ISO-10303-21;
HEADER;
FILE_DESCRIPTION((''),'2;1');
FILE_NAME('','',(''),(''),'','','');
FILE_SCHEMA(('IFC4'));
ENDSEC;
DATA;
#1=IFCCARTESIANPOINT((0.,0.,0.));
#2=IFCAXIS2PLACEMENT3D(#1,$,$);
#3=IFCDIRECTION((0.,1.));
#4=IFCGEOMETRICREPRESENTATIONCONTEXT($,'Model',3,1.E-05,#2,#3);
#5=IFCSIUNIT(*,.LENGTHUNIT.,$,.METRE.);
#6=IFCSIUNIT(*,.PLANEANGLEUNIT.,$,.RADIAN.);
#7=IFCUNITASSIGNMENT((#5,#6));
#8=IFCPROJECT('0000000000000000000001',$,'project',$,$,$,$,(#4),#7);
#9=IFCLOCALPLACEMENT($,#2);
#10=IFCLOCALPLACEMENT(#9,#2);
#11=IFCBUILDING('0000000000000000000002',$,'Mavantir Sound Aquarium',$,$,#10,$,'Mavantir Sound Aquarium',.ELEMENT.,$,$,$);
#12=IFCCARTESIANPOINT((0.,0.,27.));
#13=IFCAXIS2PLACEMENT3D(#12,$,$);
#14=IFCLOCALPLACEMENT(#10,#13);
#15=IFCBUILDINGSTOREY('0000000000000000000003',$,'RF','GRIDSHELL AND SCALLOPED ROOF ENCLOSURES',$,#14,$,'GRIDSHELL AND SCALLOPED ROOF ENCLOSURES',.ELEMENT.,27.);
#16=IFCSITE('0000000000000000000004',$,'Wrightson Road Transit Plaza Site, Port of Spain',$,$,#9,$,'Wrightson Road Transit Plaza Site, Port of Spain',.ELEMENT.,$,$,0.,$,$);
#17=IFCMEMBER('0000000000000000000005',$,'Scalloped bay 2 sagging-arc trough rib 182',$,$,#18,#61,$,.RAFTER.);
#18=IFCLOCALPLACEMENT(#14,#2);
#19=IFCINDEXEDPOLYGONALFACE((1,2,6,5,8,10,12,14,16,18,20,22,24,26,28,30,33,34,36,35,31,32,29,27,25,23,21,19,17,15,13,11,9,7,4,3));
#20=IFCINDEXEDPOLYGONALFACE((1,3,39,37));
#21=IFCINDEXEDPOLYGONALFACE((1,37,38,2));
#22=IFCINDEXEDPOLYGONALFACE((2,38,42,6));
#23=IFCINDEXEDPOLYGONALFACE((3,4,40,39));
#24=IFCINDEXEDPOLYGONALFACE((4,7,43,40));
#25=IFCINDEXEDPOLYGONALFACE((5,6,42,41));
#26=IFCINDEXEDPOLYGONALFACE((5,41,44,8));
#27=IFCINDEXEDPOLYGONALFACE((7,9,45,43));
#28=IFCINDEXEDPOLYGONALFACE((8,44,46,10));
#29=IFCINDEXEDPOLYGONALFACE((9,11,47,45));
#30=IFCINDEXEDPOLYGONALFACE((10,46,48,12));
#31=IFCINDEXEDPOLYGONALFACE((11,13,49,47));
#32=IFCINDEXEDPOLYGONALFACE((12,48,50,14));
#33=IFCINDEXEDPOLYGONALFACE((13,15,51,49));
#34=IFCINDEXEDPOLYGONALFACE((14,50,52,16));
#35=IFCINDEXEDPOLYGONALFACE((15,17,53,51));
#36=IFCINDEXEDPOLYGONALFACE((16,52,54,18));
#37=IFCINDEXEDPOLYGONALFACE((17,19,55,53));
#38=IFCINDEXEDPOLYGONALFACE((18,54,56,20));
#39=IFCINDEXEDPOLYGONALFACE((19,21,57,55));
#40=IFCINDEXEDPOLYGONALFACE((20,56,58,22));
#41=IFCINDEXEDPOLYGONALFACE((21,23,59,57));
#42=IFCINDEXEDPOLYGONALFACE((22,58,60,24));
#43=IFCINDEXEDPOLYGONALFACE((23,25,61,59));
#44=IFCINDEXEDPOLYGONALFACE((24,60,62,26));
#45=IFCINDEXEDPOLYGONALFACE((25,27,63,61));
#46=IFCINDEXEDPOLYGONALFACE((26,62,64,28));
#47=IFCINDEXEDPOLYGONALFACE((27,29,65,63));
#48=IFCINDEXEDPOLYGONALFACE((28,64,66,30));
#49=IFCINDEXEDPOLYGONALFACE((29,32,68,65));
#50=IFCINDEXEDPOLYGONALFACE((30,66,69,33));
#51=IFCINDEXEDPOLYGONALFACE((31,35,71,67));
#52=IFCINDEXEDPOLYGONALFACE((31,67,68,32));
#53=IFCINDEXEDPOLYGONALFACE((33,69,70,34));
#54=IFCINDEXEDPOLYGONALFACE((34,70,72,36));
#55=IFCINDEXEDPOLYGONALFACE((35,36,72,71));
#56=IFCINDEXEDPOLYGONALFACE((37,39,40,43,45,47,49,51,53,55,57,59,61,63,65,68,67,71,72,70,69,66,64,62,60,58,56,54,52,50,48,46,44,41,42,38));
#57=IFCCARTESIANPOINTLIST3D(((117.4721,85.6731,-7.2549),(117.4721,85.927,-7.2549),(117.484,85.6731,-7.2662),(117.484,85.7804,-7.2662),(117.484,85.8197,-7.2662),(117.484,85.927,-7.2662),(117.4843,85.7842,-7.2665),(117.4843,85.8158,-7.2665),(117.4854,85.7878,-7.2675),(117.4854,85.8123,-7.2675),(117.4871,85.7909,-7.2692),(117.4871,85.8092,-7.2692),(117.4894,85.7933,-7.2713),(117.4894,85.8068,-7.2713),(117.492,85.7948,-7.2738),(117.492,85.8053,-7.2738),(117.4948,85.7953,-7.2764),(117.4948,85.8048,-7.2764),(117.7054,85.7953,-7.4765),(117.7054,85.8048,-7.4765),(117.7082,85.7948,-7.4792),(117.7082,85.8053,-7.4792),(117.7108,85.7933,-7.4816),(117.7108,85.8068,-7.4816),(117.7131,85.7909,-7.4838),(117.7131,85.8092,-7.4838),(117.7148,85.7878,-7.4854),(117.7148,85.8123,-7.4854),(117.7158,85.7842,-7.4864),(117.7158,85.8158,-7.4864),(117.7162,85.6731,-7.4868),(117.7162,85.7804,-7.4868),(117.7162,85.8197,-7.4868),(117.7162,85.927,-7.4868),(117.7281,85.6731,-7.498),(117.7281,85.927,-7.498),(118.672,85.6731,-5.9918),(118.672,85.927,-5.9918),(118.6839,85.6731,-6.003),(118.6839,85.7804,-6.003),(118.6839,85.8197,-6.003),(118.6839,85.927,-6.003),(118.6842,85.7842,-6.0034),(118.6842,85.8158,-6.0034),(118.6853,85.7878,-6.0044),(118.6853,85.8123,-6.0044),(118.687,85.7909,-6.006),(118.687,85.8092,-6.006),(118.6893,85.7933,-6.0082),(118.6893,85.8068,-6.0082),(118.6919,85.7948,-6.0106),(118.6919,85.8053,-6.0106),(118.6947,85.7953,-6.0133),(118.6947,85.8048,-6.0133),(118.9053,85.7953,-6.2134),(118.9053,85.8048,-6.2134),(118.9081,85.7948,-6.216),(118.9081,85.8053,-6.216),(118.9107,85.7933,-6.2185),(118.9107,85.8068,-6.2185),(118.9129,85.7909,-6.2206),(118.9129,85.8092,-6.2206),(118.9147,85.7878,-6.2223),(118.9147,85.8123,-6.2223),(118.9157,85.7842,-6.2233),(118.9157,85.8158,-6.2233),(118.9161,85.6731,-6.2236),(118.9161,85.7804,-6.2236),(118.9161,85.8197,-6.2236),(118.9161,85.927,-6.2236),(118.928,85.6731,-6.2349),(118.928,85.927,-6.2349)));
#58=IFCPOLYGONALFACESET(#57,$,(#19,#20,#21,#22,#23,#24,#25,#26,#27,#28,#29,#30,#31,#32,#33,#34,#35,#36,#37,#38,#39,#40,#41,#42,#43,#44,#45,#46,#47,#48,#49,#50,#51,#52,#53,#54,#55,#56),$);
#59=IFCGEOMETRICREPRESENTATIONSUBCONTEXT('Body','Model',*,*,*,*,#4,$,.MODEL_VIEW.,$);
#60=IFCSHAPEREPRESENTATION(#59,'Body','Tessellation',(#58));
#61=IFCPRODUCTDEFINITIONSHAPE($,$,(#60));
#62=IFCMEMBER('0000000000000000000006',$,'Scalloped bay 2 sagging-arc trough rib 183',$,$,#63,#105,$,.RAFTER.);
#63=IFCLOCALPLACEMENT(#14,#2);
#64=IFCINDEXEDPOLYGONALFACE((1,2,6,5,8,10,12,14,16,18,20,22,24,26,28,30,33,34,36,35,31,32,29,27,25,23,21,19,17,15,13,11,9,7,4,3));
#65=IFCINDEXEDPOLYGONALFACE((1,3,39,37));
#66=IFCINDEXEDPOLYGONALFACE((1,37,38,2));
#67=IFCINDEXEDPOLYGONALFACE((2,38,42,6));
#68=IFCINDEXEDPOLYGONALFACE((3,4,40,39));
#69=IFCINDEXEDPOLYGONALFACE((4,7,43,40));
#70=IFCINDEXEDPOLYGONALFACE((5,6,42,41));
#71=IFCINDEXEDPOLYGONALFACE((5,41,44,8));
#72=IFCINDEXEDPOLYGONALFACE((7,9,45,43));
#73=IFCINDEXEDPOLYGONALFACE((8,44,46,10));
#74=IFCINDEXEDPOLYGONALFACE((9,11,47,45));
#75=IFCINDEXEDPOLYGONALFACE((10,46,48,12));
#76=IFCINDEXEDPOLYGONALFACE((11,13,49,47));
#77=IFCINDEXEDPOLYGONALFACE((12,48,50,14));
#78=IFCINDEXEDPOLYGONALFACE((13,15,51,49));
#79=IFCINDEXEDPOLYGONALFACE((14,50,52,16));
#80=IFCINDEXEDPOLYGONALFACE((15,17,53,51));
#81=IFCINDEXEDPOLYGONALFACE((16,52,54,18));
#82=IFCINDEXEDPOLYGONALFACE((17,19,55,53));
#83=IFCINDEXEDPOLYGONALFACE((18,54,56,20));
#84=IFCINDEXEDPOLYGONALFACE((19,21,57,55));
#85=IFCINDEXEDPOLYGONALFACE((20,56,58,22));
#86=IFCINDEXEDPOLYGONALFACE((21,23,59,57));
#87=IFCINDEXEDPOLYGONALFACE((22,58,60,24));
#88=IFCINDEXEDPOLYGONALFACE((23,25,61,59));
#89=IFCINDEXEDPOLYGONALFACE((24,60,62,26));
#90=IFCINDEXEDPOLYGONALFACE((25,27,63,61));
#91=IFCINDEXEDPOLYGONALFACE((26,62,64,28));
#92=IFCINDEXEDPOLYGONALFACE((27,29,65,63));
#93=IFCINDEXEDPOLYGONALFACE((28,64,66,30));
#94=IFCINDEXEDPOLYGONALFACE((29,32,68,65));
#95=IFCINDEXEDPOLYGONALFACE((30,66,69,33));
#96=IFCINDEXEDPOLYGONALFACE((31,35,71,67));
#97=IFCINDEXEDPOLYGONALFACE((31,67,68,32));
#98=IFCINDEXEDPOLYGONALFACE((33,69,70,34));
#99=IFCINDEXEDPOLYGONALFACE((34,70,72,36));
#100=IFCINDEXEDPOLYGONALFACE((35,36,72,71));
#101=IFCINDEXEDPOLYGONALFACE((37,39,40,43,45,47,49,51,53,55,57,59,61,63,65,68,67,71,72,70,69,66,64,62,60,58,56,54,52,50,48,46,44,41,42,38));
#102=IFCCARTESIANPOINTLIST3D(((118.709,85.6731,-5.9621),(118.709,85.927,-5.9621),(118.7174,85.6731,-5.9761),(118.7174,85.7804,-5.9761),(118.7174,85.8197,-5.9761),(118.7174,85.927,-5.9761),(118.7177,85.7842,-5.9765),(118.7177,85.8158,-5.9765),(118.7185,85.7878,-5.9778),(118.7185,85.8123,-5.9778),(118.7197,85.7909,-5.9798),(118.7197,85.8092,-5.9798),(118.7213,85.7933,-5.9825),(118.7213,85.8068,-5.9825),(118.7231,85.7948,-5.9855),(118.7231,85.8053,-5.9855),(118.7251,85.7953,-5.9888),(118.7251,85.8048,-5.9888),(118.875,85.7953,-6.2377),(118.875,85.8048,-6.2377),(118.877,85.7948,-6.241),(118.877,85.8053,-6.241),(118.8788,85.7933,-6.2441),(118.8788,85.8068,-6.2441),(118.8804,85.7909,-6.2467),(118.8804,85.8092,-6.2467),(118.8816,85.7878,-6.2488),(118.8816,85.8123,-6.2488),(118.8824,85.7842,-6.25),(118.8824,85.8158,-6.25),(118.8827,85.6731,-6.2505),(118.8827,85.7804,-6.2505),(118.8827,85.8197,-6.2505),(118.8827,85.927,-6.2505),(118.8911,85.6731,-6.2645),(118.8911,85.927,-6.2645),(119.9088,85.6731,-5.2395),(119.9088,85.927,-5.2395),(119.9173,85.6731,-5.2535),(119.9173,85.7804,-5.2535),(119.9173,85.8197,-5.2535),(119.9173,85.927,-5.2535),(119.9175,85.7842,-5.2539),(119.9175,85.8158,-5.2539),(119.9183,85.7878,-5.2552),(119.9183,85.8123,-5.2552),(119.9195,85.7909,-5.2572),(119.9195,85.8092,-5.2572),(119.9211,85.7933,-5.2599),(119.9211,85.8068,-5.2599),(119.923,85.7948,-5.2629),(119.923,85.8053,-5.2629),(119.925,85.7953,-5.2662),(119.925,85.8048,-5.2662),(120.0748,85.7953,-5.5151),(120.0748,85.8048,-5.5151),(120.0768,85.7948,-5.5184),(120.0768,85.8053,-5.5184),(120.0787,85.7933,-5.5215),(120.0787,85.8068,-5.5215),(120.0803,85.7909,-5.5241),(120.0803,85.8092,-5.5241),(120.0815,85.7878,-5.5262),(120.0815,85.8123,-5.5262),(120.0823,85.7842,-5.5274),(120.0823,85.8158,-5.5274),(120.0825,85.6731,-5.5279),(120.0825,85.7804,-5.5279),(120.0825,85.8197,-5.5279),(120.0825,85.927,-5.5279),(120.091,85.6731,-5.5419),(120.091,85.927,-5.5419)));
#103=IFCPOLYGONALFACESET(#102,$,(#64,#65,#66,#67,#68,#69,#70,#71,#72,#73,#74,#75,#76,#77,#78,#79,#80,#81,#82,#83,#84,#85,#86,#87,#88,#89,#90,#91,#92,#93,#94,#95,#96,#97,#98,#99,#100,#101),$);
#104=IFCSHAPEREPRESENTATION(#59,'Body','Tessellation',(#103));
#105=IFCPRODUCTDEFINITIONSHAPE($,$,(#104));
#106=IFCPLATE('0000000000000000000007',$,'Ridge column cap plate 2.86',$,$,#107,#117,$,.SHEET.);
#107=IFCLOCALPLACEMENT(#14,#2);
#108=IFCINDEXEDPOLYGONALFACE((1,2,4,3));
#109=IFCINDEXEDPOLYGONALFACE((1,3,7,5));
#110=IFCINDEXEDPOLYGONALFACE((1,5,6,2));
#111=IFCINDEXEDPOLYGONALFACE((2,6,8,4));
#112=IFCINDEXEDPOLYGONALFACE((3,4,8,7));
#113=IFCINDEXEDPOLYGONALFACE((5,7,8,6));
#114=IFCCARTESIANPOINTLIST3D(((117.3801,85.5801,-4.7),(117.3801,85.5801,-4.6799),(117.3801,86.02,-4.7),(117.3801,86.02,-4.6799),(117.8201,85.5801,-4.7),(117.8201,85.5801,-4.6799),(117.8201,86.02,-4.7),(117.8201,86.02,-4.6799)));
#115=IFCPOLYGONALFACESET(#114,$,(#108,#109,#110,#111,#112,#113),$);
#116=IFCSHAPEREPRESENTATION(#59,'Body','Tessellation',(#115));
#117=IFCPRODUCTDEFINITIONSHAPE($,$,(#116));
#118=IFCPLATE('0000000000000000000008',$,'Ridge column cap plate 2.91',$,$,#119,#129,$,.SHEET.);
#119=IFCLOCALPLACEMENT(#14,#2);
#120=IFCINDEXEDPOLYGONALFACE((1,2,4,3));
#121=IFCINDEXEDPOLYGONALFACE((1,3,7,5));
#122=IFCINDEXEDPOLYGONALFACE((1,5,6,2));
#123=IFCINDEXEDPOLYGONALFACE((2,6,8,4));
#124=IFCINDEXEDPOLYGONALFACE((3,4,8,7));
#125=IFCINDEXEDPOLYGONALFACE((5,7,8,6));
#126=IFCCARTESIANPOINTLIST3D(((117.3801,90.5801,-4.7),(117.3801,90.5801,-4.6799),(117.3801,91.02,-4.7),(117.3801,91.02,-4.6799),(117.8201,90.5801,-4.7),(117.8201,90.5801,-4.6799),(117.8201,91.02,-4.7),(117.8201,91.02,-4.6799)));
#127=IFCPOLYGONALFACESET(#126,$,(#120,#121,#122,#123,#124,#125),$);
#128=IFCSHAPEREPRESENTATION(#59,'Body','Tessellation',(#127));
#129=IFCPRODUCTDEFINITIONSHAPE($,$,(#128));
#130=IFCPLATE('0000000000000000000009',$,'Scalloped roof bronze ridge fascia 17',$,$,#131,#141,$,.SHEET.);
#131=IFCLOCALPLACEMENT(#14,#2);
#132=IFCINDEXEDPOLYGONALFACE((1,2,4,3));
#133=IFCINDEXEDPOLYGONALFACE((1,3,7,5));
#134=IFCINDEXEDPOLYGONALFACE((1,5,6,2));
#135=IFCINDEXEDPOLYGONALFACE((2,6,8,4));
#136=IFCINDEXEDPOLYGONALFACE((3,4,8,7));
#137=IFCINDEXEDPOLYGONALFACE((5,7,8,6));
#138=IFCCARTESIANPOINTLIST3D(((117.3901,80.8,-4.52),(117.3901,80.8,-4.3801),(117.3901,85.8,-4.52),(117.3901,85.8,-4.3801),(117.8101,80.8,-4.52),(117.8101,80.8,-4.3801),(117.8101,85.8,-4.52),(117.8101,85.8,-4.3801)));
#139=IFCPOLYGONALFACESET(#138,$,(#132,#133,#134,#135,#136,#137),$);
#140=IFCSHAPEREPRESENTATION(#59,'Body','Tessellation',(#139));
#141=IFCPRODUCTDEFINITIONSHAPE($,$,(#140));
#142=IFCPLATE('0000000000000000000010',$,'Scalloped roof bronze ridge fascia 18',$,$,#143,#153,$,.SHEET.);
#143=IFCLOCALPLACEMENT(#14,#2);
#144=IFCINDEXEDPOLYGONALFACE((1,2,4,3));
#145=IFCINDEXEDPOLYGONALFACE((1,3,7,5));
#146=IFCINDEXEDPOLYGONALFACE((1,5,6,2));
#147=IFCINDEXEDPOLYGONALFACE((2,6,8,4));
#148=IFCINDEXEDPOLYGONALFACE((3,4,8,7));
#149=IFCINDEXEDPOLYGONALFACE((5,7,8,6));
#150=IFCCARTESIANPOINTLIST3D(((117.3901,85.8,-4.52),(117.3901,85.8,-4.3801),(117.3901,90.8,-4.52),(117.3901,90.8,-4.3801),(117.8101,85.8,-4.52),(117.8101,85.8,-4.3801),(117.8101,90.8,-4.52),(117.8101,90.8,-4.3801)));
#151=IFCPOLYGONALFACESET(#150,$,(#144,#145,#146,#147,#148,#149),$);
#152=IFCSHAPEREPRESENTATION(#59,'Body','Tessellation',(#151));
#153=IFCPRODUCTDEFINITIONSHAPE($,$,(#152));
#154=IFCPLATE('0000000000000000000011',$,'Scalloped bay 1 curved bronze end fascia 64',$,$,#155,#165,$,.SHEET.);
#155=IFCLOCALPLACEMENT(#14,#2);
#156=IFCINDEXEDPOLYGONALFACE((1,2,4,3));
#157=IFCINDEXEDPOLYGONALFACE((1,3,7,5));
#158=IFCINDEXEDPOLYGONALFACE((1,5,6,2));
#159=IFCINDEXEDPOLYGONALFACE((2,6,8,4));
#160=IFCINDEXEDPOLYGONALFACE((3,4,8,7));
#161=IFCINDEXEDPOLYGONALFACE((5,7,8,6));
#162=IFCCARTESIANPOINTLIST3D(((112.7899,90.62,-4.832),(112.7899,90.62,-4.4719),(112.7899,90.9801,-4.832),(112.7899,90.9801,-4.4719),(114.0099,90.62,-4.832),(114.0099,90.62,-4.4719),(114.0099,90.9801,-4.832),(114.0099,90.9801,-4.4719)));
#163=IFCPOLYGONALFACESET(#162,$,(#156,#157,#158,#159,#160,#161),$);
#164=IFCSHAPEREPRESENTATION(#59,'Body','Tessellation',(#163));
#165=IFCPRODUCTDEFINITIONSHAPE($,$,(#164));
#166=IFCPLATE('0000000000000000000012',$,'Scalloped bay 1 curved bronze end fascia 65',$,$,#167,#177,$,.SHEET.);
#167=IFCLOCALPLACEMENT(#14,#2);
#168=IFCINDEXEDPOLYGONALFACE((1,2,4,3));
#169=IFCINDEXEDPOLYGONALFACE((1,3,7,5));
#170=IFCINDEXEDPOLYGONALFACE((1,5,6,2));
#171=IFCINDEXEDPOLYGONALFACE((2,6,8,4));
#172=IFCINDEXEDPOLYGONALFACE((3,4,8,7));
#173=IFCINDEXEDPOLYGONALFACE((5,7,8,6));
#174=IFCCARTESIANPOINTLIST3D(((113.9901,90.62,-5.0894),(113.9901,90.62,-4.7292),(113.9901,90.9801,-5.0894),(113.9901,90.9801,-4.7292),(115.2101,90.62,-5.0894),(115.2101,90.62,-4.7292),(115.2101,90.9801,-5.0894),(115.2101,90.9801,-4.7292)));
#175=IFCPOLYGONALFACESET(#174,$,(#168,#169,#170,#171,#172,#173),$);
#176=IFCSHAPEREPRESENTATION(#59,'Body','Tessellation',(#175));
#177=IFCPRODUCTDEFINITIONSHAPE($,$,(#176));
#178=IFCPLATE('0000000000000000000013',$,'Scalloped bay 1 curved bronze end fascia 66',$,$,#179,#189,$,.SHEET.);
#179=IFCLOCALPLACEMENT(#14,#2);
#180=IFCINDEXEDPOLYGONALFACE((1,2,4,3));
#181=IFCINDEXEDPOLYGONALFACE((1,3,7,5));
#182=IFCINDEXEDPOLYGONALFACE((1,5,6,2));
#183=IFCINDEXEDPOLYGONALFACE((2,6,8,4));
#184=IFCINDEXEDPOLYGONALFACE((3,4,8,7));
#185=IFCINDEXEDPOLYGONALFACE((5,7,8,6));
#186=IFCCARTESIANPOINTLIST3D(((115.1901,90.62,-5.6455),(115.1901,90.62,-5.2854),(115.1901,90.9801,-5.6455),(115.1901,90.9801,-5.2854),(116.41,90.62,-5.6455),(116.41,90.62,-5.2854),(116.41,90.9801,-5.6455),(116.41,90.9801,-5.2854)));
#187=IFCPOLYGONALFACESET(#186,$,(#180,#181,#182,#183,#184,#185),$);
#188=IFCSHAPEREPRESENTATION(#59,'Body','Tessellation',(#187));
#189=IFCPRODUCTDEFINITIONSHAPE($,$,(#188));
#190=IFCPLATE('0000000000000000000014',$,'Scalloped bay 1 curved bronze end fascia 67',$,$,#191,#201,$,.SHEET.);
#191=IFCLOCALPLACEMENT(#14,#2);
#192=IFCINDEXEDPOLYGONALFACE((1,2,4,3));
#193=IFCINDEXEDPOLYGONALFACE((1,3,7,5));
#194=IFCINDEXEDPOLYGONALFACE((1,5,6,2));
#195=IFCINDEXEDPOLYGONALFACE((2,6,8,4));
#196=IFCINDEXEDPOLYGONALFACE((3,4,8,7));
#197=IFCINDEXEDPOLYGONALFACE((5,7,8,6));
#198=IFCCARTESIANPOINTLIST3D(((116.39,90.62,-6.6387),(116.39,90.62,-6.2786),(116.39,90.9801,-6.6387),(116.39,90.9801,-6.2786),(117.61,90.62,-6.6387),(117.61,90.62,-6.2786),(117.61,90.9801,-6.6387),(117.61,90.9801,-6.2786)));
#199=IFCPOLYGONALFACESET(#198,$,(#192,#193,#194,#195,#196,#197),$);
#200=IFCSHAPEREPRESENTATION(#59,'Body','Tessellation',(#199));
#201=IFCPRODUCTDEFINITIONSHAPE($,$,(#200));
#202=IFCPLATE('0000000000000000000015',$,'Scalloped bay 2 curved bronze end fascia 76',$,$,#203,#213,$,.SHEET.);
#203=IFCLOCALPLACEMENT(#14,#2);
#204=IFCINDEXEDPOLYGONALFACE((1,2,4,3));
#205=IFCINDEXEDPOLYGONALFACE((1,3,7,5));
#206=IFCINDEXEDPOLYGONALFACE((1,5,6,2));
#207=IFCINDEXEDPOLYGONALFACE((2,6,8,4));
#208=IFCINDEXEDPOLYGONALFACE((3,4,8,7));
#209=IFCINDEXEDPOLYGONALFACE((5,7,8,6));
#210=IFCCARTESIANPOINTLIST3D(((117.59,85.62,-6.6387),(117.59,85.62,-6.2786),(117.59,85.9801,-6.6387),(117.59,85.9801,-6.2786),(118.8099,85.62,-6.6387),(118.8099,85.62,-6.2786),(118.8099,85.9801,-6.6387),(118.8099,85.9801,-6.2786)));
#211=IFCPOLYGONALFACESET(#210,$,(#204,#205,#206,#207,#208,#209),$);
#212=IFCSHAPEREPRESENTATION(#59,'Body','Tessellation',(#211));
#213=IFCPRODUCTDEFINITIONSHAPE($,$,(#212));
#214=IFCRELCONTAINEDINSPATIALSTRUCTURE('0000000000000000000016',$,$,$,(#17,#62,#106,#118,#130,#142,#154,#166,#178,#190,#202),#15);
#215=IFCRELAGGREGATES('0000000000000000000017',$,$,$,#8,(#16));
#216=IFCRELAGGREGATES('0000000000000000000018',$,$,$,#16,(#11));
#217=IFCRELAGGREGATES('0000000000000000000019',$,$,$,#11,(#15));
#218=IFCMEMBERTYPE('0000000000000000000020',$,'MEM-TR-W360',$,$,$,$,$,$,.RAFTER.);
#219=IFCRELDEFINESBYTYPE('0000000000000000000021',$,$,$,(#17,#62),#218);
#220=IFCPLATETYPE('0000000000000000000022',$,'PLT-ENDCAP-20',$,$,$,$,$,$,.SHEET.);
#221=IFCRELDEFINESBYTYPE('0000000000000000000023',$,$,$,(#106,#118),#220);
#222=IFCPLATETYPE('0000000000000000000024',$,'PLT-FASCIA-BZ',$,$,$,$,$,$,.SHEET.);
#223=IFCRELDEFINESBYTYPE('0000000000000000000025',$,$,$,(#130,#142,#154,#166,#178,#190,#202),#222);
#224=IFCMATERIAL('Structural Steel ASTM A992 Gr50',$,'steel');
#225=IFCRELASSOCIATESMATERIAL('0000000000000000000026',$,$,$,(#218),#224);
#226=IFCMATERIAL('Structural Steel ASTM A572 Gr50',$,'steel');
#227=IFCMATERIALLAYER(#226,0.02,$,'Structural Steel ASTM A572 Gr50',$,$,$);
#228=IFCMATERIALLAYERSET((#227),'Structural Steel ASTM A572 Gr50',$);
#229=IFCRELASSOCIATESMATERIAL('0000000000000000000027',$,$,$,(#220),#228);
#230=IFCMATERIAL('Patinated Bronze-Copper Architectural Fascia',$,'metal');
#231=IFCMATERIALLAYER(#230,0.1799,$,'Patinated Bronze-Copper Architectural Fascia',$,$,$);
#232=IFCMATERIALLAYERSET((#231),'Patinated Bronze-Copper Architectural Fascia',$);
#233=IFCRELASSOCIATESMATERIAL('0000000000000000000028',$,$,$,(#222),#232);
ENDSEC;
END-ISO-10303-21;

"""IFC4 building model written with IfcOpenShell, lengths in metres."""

from ifc_helpers import new_model, si_unit, direction, frame, origin, origin_2d, place, context, subcontext, project, spatial, rectangle, i_section, extrude, material, layer, layer_set, material_profile, profile_set, type_object, element, save


model = new_model("IFC4")

# Units and contexts
model_context = context("Model", 3, precision=1e-05, world=origin(), true_north=direction((0.0, 1.0)))
body_context = subcontext(model_context, "Body", "Model", "MODEL_VIEW")
ifc_project = project(units=[si_unit("LENGTHUNIT", "METRE"), si_unit("PLANEANGLEUNIT", "RADIAN")], contexts=[model_context])

# Site, building, storey
site_placement = place(None, origin())
site = spatial("IfcSite", under=ifc_project, at=site_placement, Name="Wrightson Road Transit Plaza Site, Port of Spain", LongName="Wrightson Road Transit Plaza Site, Port of Spain", CompositionType="ELEMENT", RefElevation=0.0)
building_placement = place(site_placement, origin())
building = spatial("IfcBuilding", under=site, at=building_placement, Name="Mavantir Sound Aquarium", LongName="Mavantir Sound Aquarium", CompositionType="ELEMENT")
storey_placement = place(building_placement, frame((0.0, 0.0, 27.0)))
storey = spatial("IfcBuildingStorey", under=building, at=storey_placement, Name="RF", Description="GRIDSHELL AND SCALLOPED ROOF ENCLOSURES", LongName="GRIDSHELL AND SCALLOPED ROOF ENCLOSURES", CompositionType="ELEMENT", Elevation=27.0)

# Shared definitions
ifc_material_1 = material(Name="Structural Steel ASTM A992 Gr50", Category="steel")

# Members
ifc_material_profile_1 = material_profile(ifc_material_1, i_section(OverallWidth=0.2539, OverallDepth=0.353, WebThickness=0.0095, FlangeThickness=0.0164, FilletRadius=0.0149, at=origin_2d()), Name="W360X91")
ifc_profile_set_1 = profile_set([ifc_material_profile_1], Name="Structural Steel ASTM A992 Gr50")
member_type_1 = type_object("IfcMemberType", Name="MEM-TR-W360", PredefinedType="RAFTER", material=ifc_profile_set_1)
member_1_placement = place(storey_placement, frame((117.6001, 85.8, -7.3765), z_axis=(0.688727, 0.0, 0.72502), x_axis=(0.0, 1.0, 0.0)))
element("IfcMember", 1, at=member_1_placement, inside=storey, type_object=member_type_1, Name="Scalloped bay 2 sagging-arc trough rib 182", PredefinedType="RAFTER", context=body_context, shape_type="SweptSolid", body=[
    extrude(i_section(OverallWidth=0.2539, OverallDepth=0.353, WebThickness=0.0095, FlangeThickness=0.0164, FilletRadius=0.0149, at=origin_2d()), origin(), (0.0, 0.0, 1.0), 1.7422),
])
member_2_placement = place(storey_placement, frame((118.8, 85.8, -6.1133), z_axis=(0.856646, 0.0, 0.515905), x_axis=(0.0, 1.0, 0.0)))
element("IfcMember", 2, at=member_2_placement, inside=storey, type_object=member_type_1, Name="Scalloped bay 2 sagging-arc trough rib 183", PredefinedType="RAFTER", context=body_context, shape_type="SweptSolid", body=[
    extrude(i_section(OverallWidth=0.2539, OverallDepth=0.353, WebThickness=0.0095, FlangeThickness=0.0164, FilletRadius=0.0149, at=origin_2d()), origin(), (0.0, 0.0, 1.0), 1.4006),
])

# Plates
ifc_material_2 = material(Name="Structural Steel ASTM A572 Gr50", Category="steel")
ifc_layer_1 = layer(ifc_material_2, 0.02, Name="Structural Steel ASTM A572 Gr50")
ifc_layer_set_1 = layer_set([ifc_layer_1], Name="Structural Steel ASTM A572 Gr50")
plate_type_1 = type_object("IfcPlateType", Name="PLT-ENDCAP-20", PredefinedType="SHEET", material=ifc_layer_set_1)
for number, where, z_axis, x_axis, name in (
    (3, (117.6001, 85.8, -4.7), (0.0, 0.0, 1.0), (1.0, 0.0, 0.0), "Ridge column cap plate 2.86"),
    (4, (117.6001, 90.8, -4.7), (0.0, 0.0, 1.0), (1.0, 0.0, 0.0), "Ridge column cap plate 2.91"),
):
    element("IfcPlate", number, at=place(storey_placement, frame(where, z_axis=z_axis, x_axis=x_axis)), inside=storey, type_object=plate_type_1, Name=name, PredefinedType="SHEET", context=body_context, shape_type="SweptSolid", body=[
        extrude(rectangle(XDim=0.4399, YDim=0.4399, at=origin_2d()), origin(), (0.0, 0.0, 1.0), 0.02),
    ])
ifc_material_3 = material(Name="Patinated Bronze-Copper Architectural Fascia", Category="metal")
ifc_layer_2 = layer(ifc_material_3, 0.1799, Name="Patinated Bronze-Copper Architectural Fascia")
ifc_layer_set_2 = layer_set([ifc_layer_2], Name="Patinated Bronze-Copper Architectural Fascia")
plate_type_2 = type_object("IfcPlateType", Name="PLT-FASCIA-BZ", PredefinedType="SHEET", material=ifc_layer_set_2)
for number, where, z_axis, x_axis, name in (
    (5, (117.6001, 83.3, -4.52), (0.0, 0.0, 1.0), (1.0, 0.0, 0.0), "Scalloped roof bronze ridge fascia 17"),
    (6, (117.6001, 88.3, -4.52), (0.0, 0.0, 1.0), (1.0, 0.0, 0.0), "Scalloped roof bronze ridge fascia 18"),
):
    element("IfcPlate", number, at=place(storey_placement, frame(where, z_axis=z_axis, x_axis=x_axis)), inside=storey, type_object=plate_type_2, Name=name, PredefinedType="SHEET", context=body_context, shape_type="SweptSolid", body=[
        extrude(rectangle(XDim=0.4199, YDim=5.0, at=origin_2d()), origin(), (0.0, 0.0, 1.0), 0.1399),
    ])
for number, where, z_axis, x_axis, name in (
    (7, (113.3999, 90.8, -4.832), (0.0, 0.0, 1.0), (1.0, 0.0, 0.0), "Scalloped bay 1 curved bronze end fascia 64"),
    (8, (114.6001, 90.8, -5.0894), (0.0, 0.0, 1.0), (1.0, 0.0, 0.0), "Scalloped bay 1 curved bronze end fascia 65"),
    (9, (115.8, 90.8, -5.6455), (0.0, 0.0, 1.0), (1.0, 0.0, 0.0), "Scalloped bay 1 curved bronze end fascia 66"),
    (10, (117.0, 90.8, -6.6387), (0.0, 0.0, 1.0), (1.0, 0.0, 0.0), "Scalloped bay 1 curved bronze end fascia 67"),
    (11, (118.2, 85.8, -6.6387), (0.0, 0.0, 1.0), (1.0, 0.0, 0.0), "Scalloped bay 2 curved bronze end fascia 76"),
):
    element("IfcPlate", number, at=place(storey_placement, frame(where, z_axis=z_axis, x_axis=x_axis)), inside=storey, type_object=plate_type_2, Name=name, PredefinedType="SHEET", context=body_context, shape_type="SweptSolid", body=[
        extrude(rectangle(XDim=1.22, YDim=0.3601, at=origin_2d()), origin(), (0.0, 0.0, 1.0), 0.3601),
    ])

save(model, "model.ifc")
